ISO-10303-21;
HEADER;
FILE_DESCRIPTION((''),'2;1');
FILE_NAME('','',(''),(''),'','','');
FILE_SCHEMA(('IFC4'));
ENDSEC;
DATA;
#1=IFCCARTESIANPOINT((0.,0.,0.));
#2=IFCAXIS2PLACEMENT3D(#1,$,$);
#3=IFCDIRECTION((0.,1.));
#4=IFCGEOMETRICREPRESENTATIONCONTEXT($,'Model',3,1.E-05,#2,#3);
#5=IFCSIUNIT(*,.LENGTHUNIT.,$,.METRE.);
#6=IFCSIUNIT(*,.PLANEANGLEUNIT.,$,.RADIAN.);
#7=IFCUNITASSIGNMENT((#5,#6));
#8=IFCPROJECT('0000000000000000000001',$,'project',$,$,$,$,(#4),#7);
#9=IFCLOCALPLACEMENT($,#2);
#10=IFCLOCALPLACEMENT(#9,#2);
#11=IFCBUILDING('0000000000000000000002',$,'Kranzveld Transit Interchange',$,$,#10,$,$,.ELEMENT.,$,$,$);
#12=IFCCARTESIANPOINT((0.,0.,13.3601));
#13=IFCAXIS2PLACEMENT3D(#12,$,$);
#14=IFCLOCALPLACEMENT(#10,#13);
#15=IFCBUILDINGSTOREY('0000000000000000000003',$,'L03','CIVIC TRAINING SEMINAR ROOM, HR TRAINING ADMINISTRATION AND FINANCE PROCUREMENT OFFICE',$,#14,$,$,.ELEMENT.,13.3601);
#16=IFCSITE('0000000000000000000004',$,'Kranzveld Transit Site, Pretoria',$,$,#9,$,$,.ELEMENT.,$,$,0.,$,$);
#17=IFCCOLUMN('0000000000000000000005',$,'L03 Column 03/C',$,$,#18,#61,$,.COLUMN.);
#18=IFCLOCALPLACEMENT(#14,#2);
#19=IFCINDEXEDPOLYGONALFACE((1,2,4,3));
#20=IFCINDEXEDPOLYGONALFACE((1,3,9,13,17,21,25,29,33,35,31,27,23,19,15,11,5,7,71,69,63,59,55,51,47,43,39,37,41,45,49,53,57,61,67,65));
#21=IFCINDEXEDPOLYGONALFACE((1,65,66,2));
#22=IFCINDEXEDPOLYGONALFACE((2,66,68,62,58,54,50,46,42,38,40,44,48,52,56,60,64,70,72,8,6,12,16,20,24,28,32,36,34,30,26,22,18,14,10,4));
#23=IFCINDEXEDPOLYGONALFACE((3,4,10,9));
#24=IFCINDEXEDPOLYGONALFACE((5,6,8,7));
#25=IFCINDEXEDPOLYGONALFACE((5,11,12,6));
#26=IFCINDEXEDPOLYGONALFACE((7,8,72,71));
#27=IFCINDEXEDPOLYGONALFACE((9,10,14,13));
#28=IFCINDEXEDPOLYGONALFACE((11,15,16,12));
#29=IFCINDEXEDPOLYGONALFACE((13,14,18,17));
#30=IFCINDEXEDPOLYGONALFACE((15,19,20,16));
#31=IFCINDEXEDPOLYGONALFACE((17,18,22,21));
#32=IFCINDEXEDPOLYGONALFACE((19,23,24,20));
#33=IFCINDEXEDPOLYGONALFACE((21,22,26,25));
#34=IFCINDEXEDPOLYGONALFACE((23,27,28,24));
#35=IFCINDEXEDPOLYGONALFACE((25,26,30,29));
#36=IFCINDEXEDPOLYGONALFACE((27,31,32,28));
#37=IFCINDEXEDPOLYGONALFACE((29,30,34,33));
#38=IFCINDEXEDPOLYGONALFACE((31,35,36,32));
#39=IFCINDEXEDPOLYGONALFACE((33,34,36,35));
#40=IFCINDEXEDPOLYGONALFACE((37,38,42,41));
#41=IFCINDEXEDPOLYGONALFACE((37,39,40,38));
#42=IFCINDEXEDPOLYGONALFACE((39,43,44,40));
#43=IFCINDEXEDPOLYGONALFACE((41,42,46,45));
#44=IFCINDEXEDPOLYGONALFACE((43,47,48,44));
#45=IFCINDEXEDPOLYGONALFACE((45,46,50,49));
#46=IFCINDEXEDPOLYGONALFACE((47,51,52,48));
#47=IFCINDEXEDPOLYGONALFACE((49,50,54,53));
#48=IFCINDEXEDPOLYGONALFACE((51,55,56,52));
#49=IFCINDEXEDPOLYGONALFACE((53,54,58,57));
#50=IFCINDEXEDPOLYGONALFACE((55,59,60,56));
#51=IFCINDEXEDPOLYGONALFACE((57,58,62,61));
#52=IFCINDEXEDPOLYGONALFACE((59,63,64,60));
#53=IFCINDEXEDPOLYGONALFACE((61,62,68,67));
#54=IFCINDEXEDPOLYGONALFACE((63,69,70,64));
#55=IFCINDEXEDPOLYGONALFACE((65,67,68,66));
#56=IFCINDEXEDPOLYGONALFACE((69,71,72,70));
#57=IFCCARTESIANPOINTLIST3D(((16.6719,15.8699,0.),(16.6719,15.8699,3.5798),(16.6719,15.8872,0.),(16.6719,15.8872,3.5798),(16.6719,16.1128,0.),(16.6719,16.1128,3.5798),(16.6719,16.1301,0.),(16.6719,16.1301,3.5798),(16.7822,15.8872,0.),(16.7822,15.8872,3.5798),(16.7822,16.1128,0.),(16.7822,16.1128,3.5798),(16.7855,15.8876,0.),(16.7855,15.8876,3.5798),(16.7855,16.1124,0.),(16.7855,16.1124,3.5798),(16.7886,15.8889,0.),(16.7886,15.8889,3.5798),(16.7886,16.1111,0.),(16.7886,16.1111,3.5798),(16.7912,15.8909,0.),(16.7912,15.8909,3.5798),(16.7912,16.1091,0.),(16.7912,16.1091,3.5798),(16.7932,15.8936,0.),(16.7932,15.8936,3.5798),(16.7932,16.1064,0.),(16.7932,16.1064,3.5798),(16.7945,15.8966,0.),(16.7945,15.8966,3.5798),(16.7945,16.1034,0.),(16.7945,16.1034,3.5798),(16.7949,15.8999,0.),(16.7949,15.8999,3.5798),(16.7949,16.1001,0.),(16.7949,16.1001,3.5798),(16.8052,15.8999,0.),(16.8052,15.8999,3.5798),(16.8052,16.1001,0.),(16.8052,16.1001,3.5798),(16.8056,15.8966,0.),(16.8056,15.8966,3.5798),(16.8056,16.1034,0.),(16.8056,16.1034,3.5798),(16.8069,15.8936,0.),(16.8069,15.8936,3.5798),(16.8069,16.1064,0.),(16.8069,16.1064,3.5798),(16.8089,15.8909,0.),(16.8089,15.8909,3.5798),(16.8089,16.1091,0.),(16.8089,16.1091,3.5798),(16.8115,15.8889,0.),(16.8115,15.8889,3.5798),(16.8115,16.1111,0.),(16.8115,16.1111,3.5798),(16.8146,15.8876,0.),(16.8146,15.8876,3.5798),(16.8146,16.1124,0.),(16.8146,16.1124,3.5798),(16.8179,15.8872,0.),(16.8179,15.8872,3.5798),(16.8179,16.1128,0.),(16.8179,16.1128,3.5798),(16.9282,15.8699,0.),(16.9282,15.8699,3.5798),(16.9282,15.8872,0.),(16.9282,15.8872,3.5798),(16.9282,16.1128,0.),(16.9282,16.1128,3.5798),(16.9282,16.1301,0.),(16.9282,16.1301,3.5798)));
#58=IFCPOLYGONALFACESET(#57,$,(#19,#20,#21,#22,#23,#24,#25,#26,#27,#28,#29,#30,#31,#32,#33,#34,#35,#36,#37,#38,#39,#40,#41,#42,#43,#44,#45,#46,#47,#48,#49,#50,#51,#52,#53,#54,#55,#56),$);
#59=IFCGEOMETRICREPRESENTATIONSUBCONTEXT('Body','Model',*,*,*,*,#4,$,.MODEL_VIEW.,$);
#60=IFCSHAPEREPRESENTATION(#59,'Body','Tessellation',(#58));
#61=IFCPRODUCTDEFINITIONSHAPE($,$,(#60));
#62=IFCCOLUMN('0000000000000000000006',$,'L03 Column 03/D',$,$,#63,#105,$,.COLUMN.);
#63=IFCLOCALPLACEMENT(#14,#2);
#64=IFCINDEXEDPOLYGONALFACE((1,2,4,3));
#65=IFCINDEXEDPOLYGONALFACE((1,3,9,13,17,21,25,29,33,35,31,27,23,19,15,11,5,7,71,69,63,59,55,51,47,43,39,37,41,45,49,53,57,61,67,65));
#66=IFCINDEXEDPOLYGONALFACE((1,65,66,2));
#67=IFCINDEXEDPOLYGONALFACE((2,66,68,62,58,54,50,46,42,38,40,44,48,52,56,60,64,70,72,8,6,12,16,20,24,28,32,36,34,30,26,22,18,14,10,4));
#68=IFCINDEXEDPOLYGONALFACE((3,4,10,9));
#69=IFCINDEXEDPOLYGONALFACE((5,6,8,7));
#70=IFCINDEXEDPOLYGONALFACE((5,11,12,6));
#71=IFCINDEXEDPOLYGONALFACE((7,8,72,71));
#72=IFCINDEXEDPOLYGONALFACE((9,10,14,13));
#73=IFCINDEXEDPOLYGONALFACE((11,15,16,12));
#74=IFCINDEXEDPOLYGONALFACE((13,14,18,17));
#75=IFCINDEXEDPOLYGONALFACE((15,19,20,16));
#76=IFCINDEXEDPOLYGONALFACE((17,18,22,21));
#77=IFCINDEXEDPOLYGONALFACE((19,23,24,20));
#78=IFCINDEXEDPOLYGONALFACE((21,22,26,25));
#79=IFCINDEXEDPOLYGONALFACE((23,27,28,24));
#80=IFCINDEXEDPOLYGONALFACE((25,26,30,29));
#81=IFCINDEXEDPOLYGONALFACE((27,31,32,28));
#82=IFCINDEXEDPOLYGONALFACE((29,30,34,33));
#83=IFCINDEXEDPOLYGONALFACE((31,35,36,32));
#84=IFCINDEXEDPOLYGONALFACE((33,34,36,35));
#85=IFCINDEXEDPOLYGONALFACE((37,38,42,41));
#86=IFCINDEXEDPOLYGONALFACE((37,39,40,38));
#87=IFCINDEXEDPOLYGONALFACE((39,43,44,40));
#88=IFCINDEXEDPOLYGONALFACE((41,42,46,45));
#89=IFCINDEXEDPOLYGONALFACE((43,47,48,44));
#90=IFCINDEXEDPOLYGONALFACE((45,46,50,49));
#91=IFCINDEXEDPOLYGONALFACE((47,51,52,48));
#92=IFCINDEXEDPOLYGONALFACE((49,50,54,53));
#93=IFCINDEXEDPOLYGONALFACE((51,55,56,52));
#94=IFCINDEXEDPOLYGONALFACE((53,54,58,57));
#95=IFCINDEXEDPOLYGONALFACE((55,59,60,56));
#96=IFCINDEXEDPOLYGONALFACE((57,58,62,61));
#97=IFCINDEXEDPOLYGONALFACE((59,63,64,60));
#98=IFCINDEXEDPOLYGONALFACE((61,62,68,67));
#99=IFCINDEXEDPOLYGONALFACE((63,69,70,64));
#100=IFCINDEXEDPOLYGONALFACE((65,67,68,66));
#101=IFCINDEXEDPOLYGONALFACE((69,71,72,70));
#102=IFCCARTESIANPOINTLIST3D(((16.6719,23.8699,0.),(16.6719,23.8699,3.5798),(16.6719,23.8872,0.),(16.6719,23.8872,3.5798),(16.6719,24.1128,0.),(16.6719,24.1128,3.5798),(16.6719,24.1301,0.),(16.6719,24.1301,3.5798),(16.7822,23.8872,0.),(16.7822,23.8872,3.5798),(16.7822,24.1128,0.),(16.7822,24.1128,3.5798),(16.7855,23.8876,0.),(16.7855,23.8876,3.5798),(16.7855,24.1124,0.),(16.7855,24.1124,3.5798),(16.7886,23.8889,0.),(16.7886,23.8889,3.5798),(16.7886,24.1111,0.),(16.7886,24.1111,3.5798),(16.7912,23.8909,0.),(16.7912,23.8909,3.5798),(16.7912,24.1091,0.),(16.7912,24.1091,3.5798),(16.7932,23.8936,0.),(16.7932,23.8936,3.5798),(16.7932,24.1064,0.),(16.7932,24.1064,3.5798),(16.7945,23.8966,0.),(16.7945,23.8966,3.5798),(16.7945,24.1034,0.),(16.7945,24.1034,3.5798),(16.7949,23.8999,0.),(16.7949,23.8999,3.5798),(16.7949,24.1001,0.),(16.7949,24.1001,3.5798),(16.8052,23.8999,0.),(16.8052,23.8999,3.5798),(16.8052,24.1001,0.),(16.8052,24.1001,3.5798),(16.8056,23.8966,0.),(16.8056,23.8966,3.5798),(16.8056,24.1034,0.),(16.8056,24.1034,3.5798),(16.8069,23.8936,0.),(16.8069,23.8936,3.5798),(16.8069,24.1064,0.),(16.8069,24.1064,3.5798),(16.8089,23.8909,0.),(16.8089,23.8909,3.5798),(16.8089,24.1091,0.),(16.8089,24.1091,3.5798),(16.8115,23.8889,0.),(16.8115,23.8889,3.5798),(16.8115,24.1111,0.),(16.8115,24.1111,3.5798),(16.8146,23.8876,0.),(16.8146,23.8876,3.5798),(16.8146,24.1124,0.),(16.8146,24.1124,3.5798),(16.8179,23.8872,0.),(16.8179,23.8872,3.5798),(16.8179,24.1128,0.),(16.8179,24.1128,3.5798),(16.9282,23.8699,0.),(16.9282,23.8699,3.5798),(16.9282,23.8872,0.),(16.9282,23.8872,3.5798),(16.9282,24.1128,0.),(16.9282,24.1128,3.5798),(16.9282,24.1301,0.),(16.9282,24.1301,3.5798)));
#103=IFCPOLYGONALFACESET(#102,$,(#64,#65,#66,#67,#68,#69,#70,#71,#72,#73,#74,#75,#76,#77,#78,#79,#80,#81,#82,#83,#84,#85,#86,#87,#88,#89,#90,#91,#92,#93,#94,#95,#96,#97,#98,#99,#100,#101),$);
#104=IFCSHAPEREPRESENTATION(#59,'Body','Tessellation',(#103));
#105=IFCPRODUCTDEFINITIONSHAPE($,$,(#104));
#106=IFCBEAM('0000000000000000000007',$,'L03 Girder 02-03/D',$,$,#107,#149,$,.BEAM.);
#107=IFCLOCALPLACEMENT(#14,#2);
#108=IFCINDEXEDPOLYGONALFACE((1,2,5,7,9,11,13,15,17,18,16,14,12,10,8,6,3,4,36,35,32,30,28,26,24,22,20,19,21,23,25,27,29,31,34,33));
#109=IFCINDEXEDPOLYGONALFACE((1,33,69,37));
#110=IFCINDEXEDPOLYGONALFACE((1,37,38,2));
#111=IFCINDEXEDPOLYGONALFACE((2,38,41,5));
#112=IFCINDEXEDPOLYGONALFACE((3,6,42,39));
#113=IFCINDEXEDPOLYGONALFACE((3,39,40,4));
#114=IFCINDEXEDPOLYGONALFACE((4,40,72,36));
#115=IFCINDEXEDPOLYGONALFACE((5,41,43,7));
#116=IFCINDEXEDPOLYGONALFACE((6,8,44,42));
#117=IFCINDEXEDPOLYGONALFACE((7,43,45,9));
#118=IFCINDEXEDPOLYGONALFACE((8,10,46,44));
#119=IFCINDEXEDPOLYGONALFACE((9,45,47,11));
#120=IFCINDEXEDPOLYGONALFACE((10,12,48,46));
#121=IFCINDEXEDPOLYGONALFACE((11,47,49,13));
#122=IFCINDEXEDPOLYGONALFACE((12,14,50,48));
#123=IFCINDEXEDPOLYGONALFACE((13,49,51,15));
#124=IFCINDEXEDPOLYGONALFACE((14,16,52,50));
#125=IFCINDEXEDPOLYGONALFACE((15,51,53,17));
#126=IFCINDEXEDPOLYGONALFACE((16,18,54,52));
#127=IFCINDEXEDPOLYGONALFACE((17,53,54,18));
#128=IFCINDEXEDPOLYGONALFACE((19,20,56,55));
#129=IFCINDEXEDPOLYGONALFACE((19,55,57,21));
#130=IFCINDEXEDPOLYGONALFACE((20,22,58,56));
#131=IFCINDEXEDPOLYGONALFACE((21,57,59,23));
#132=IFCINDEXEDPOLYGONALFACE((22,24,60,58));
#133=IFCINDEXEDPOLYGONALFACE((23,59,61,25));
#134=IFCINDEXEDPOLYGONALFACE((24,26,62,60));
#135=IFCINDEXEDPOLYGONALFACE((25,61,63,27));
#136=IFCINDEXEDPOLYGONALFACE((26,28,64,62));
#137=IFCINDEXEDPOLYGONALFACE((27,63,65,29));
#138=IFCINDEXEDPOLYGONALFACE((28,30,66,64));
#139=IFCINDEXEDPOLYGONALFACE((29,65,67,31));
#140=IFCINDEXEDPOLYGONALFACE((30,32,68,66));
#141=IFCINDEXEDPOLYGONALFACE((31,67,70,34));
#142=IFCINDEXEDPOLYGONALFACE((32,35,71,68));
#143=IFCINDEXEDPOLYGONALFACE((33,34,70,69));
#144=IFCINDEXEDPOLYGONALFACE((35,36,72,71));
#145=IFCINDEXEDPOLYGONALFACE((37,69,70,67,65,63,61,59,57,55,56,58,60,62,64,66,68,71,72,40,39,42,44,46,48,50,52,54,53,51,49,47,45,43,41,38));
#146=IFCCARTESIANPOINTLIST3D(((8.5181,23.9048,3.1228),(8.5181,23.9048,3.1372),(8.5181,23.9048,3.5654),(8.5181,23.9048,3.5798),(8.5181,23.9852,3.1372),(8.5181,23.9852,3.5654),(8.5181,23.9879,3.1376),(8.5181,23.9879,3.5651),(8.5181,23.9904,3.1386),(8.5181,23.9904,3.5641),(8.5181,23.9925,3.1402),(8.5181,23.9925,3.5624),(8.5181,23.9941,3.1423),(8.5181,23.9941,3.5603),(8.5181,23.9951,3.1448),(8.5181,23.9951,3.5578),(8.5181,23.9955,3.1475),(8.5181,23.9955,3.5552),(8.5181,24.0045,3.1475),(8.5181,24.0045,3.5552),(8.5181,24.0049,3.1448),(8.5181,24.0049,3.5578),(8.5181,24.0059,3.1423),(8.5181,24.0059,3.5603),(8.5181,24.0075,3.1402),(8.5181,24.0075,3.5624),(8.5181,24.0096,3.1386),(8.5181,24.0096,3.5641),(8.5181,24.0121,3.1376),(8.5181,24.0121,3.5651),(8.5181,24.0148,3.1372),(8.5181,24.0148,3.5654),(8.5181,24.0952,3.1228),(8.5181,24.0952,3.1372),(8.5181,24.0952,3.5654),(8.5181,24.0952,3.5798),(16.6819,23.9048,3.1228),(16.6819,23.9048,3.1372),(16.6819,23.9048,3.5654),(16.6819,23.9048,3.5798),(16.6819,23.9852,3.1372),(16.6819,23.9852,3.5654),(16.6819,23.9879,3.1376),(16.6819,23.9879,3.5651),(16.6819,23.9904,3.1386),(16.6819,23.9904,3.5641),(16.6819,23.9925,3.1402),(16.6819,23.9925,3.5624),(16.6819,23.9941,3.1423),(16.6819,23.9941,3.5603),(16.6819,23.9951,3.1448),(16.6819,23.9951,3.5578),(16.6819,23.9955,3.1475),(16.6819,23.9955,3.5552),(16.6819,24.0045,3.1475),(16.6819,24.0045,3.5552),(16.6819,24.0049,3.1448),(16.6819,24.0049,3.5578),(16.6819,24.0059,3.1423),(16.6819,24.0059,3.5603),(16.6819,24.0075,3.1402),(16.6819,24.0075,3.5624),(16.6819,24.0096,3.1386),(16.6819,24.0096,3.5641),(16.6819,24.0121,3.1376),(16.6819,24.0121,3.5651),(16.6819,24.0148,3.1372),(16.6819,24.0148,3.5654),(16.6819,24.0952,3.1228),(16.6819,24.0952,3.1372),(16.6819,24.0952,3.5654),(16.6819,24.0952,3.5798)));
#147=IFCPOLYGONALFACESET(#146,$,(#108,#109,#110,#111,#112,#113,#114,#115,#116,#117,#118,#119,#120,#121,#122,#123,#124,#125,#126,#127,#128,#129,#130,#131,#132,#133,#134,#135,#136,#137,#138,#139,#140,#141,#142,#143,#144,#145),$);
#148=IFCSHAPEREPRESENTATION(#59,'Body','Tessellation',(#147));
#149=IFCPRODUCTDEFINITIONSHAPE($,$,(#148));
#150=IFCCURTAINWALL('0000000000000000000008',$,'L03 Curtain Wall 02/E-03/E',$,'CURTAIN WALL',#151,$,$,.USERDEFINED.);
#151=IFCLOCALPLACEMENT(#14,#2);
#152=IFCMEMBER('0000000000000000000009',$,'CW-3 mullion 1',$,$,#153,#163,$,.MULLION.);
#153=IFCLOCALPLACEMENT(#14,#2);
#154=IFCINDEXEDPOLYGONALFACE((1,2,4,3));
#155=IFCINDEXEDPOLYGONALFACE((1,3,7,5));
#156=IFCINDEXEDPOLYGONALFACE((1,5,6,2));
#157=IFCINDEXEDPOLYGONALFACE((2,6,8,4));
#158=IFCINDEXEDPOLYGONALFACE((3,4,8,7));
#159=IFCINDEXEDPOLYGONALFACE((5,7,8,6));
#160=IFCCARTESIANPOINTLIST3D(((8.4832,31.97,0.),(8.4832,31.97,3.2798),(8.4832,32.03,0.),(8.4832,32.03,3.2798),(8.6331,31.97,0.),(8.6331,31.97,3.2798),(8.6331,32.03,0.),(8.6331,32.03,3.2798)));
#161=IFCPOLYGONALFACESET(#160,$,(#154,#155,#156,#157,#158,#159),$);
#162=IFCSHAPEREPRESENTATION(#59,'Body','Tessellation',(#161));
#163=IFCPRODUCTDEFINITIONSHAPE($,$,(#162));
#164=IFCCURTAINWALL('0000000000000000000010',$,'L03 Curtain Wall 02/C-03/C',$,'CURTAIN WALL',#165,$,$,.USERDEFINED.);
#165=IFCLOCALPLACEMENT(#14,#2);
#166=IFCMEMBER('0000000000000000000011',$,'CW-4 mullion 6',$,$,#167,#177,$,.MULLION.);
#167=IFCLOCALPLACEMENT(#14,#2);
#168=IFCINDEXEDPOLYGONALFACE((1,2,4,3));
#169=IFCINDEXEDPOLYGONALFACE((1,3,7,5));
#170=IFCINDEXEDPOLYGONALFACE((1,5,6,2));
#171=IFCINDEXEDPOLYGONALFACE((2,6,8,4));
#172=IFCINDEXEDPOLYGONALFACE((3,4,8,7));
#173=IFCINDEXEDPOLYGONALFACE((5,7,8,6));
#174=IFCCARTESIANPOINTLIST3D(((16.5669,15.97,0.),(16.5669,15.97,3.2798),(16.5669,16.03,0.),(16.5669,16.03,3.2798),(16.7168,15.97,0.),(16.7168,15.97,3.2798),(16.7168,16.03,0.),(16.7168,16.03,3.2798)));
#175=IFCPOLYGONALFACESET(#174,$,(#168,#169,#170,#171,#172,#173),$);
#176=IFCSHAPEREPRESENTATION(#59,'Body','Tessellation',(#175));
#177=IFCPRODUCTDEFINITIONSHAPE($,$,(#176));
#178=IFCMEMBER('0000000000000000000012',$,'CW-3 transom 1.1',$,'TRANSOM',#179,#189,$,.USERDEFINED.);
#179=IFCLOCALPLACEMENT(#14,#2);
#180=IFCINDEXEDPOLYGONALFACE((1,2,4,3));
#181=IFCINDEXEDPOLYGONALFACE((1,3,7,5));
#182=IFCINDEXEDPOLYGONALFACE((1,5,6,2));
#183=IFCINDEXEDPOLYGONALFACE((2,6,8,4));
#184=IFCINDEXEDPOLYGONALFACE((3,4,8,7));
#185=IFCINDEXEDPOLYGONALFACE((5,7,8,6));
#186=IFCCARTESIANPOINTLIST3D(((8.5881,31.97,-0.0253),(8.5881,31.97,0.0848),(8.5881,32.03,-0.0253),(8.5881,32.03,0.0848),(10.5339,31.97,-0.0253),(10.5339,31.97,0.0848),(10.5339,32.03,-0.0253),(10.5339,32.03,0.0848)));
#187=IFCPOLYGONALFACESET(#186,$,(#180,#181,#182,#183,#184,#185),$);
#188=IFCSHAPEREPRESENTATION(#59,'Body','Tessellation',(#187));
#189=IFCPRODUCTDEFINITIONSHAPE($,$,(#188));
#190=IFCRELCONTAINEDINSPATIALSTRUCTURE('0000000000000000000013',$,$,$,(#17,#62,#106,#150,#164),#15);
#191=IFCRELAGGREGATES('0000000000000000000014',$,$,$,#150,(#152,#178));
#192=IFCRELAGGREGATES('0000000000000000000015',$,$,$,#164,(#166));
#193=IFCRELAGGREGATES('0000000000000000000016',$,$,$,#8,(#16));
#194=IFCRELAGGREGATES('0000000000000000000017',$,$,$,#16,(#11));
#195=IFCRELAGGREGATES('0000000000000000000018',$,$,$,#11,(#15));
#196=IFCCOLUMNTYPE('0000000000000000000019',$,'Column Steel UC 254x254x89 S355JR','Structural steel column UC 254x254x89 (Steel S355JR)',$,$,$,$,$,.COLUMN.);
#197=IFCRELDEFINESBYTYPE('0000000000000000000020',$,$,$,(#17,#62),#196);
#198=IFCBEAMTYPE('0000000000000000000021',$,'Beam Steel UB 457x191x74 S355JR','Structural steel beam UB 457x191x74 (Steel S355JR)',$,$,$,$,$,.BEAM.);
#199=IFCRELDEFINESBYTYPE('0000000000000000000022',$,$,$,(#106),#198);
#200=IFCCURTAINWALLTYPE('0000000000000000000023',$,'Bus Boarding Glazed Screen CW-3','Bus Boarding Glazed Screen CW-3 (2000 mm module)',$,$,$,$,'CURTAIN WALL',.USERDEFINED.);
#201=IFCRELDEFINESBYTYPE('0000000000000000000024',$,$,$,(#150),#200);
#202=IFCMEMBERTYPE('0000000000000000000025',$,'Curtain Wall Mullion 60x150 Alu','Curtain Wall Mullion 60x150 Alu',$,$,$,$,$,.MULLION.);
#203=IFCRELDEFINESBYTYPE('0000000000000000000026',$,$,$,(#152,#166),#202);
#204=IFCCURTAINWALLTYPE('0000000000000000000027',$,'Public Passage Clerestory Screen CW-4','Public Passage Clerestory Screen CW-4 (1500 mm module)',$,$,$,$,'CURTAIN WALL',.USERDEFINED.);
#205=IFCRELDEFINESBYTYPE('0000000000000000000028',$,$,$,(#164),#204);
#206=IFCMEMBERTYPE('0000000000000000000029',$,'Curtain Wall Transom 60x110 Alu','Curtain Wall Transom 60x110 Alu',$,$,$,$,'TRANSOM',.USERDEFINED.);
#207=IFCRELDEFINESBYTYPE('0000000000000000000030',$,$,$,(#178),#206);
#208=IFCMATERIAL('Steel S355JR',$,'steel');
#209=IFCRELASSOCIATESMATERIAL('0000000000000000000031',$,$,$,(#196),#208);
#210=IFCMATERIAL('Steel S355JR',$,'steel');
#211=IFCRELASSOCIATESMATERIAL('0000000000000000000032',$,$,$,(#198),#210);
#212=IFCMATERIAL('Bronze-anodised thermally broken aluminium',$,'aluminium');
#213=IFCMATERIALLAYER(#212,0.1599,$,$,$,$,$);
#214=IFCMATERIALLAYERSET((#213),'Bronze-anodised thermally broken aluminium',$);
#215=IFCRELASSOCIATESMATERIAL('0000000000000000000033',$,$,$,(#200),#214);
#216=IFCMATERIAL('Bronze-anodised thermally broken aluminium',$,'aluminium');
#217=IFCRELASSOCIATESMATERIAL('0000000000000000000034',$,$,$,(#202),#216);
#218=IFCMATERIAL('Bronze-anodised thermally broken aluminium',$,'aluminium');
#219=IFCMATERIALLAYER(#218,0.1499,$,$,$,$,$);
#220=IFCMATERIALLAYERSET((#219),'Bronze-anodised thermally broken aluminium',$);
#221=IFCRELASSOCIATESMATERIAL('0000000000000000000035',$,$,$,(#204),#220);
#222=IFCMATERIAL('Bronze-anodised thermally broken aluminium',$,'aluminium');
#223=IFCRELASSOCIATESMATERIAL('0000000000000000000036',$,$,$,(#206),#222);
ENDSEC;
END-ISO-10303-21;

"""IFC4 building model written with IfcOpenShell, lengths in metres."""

from ifc_helpers import new_model, si_unit, direction, frame, origin, origin_2d, place, context, subcontext, project, spatial, rectangle, i_section, extrude, material, layer, layer_set, material_profile, profile_set, type_object, element, aggregate, save


model = new_model("IFC4")

# Units and contexts
model_context = context("Model", 3, precision=1e-05, world=origin(), true_north=direction((0.0, 1.0)))
body_context = subcontext(model_context, "Body", "Model", "MODEL_VIEW")
ifc_project = project(units=[si_unit("LENGTHUNIT", "METRE"), si_unit("PLANEANGLEUNIT", "RADIAN")], contexts=[model_context])

# Site, building, storey
site_placement = place(None, origin())
site = spatial("IfcSite", under=ifc_project, at=site_placement, Name="Kranzveld Transit Site, Pretoria", CompositionType="ELEMENT", RefElevation=0.0)
building_placement = place(site_placement, origin())
building = spatial("IfcBuilding", under=site, at=building_placement, Name="Kranzveld Transit Interchange", CompositionType="ELEMENT")
storey_placement = place(building_placement, frame((0.0, 0.0, 13.3601)))
storey = spatial("IfcBuildingStorey", under=building, at=storey_placement, Name="L03", Description="CIVIC TRAINING SEMINAR ROOM, HR TRAINING ADMINISTRATION AND FINANCE PROCUREMENT OFFICE", CompositionType="ELEMENT", Elevation=13.3601)

# Columns
ifc_material_1 = material(Name="Steel S355JR", Category="steel")
ifc_material_profile_1 = material_profile(ifc_material_1, i_section(OverallWidth=0.2563, OverallDepth=0.2603, WebThickness=0.0103, FlangeThickness=0.0173, FilletRadius=0.0127, at=origin_2d()), Name="UC 254x254x89")
ifc_profile_set_1 = profile_set([ifc_material_profile_1], Name="Steel S355JR")
column_type = type_object("IfcColumnType", Name="Column Steel UC 254x254x89 S355JR", Description="Structural steel column UC 254x254x89 (Steel S355JR)", PredefinedType="COLUMN", material=ifc_profile_set_1)
for number, where, z_axis, x_axis, name in (
    (1, (16.8, 16.0, 0.0), (0.0, 0.0, 1.0), (1.0, 0.0, 0.0), "L03 Column 03/C"),
    (2, (16.8, 24.0, 0.0), (0.0, 0.0, 1.0), (1.0, 0.0, 0.0), "L03 Column 03/D"),
):
    element("IfcColumn", number, at=place(storey_placement, frame(where, z_axis=z_axis, x_axis=x_axis)), inside=storey, type_object=column_type, Name=name, PredefinedType="COLUMN", context=body_context, shape_type="SweptSolid", body=[
        extrude(i_section(OverallWidth=0.2563, OverallDepth=0.2603, WebThickness=0.0103, FlangeThickness=0.0173, FilletRadius=0.0127, at=origin_2d()), origin(), (0.0, 0.0, 1.0), 3.5798),
    ])

# Beam
ifc_material_2 = material(Name="Steel S355JR", Category="steel")
ifc_material_profile_2 = material_profile(ifc_material_2, i_section(OverallWidth=0.1904, OverallDepth=0.457, WebThickness=0.009, FlangeThickness=0.0144, FilletRadius=0.0103, at=origin_2d()), Name="UB 457x191x74")
ifc_profile_set_2 = profile_set([ifc_material_profile_2], Name="Steel S355JR")
beam_type_1 = type_object("IfcBeamType", Name="Beam Steel UB 457x191x74 S355JR", Description="Structural steel beam UB 457x191x74 (Steel S355JR)", PredefinedType="BEAM", material=ifc_profile_set_2)
beam_1_placement = place(storey_placement, frame((8.5181, 24.0, 3.3513), z_axis=(1.0, 0.0, 0.0), x_axis=(0.0, 1.0, 0.0)))
element("IfcBeam", 3, at=beam_1_placement, inside=storey, type_object=beam_type_1, Name="L03 Girder 02-03/D", PredefinedType="BEAM", context=body_context, shape_type="SweptSolid", body=[
    extrude(i_section(OverallWidth=0.1904, OverallDepth=0.457, WebThickness=0.009, FlangeThickness=0.0144, FilletRadius=0.0103, at=origin_2d()), origin(), (0.0, 0.0, 1.0), 8.1638),
])

# Curtain walls, members
ifc_material_3 = material(Name="Bronze-anodised thermally broken aluminium", Category="aluminium")
ifc_layer_1 = layer(ifc_material_3, 0.1599)
ifc_layer_set_1 = layer_set([ifc_layer_1], Name="Bronze-anodised thermally broken aluminium")
curtain_wall_type_1 = type_object("IfcCurtainWallType", Name="Bus Boarding Glazed Screen CW-3", Description="Bus Boarding Glazed Screen CW-3 (2000 mm module)", ElementType="CURTAIN WALL", PredefinedType="USERDEFINED", material=ifc_layer_set_1)
curtain_wall_1_placement = place(storey_placement, origin())
curtain_wall_1 = element("IfcCurtainWall", 4, at=curtain_wall_1_placement, inside=storey, type_object=curtain_wall_type_1, Name="L03 Curtain Wall 02/E-03/E", ObjectType="CURTAIN WALL", PredefinedType="USERDEFINED")
ifc_material_4 = material(Name="Bronze-anodised thermally broken aluminium", Category="aluminium")
ifc_material_profile_3 = material_profile(ifc_material_4, rectangle(XDim=0.0601, YDim=0.1499, at=origin_2d()), Name="ALU MULLION 60x150")
ifc_profile_set_3 = profile_set([ifc_material_profile_3], Name="Bronze-anodised thermally broken aluminium")
member_type_1 = type_object("IfcMemberType", Name="Curtain Wall Mullion 60x150 Alu", Description="Curtain Wall Mullion 60x150 Alu", PredefinedType="MULLION", material=ifc_profile_set_3)
member_1_placement = place(storey_placement, frame((8.5581, 32.0, 0.0), z_axis=(0.0, 0.0, 1.0), x_axis=(0.0, 1.0, 0.0)))
member_1 = element("IfcMember", 5, at=member_1_placement, type_object=member_type_1, Name="CW-3 mullion 1", PredefinedType="MULLION", context=body_context, shape_type="SweptSolid", body=[
    extrude(rectangle(XDim=0.0601, YDim=0.1499, at=origin_2d()), origin(), (0.0, 0.0, 1.0), 3.2798),
])
ifc_material_5 = material(Name="Bronze-anodised thermally broken aluminium", Category="aluminium")
ifc_layer_2 = layer(ifc_material_5, 0.1499)
ifc_layer_set_2 = layer_set([ifc_layer_2], Name="Bronze-anodised thermally broken aluminium")
curtain_wall_type_2 = type_object("IfcCurtainWallType", Name="Public Passage Clerestory Screen CW-4", Description="Public Passage Clerestory Screen CW-4 (1500 mm module)", ElementType="CURTAIN WALL", PredefinedType="USERDEFINED", material=ifc_layer_set_2)
curtain_wall_2_placement = place(storey_placement, origin())
curtain_wall_2 = element("IfcCurtainWall", 6, at=curtain_wall_2_placement, inside=storey, type_object=curtain_wall_type_2, Name="L03 Curtain Wall 02/C-03/C", ObjectType="CURTAIN WALL", PredefinedType="USERDEFINED")
member_2_placement = place(storey_placement, frame((16.6418, 16.0, 0.0), z_axis=(0.0, 0.0, 1.0), x_axis=(0.0, 1.0, 0.0)))
member_2 = element("IfcMember", 7, at=member_2_placement, type_object=member_type_1, Name="CW-4 mullion 6", PredefinedType="MULLION", context=body_context, shape_type="SweptSolid", body=[
    extrude(rectangle(XDim=0.0601, YDim=0.1499, at=origin_2d()), origin(), (0.0, 0.0, 1.0), 3.2798),
])

# Member
ifc_material_6 = material(Name="Bronze-anodised thermally broken aluminium", Category="aluminium")
ifc_material_profile_4 = material_profile(ifc_material_6, rectangle(XDim=0.0601, YDim=0.1101, at=origin_2d()), Name="ALU TRANSOM 60x110")
ifc_profile_set_4 = profile_set([ifc_material_profile_4], Name="Bronze-anodised thermally broken aluminium")
member_type_2 = type_object("IfcMemberType", Name="Curtain Wall Transom 60x110 Alu", Description="Curtain Wall Transom 60x110 Alu", ElementType="TRANSOM", PredefinedType="USERDEFINED", material=ifc_profile_set_4)
member_3_placement = place(storey_placement, frame((8.5881, 32.0, 0.0298), z_axis=(1.0, 0.0, 0.0), x_axis=(0.0, 1.0, 0.0)))
member_3 = element("IfcMember", 8, at=member_3_placement, type_object=member_type_2, Name="CW-3 transom 1.1", ObjectType="TRANSOM", PredefinedType="USERDEFINED", context=body_context, shape_type="SweptSolid", body=[
    extrude(rectangle(XDim=0.0601, YDim=0.1101, at=origin_2d()), origin(), (0.0, 0.0, 1.0), 1.9458),
])
aggregate(curtain_wall_1, [member_1, member_3])

aggregate(curtain_wall_2, [member_2])

save(model, "model.ifc")
